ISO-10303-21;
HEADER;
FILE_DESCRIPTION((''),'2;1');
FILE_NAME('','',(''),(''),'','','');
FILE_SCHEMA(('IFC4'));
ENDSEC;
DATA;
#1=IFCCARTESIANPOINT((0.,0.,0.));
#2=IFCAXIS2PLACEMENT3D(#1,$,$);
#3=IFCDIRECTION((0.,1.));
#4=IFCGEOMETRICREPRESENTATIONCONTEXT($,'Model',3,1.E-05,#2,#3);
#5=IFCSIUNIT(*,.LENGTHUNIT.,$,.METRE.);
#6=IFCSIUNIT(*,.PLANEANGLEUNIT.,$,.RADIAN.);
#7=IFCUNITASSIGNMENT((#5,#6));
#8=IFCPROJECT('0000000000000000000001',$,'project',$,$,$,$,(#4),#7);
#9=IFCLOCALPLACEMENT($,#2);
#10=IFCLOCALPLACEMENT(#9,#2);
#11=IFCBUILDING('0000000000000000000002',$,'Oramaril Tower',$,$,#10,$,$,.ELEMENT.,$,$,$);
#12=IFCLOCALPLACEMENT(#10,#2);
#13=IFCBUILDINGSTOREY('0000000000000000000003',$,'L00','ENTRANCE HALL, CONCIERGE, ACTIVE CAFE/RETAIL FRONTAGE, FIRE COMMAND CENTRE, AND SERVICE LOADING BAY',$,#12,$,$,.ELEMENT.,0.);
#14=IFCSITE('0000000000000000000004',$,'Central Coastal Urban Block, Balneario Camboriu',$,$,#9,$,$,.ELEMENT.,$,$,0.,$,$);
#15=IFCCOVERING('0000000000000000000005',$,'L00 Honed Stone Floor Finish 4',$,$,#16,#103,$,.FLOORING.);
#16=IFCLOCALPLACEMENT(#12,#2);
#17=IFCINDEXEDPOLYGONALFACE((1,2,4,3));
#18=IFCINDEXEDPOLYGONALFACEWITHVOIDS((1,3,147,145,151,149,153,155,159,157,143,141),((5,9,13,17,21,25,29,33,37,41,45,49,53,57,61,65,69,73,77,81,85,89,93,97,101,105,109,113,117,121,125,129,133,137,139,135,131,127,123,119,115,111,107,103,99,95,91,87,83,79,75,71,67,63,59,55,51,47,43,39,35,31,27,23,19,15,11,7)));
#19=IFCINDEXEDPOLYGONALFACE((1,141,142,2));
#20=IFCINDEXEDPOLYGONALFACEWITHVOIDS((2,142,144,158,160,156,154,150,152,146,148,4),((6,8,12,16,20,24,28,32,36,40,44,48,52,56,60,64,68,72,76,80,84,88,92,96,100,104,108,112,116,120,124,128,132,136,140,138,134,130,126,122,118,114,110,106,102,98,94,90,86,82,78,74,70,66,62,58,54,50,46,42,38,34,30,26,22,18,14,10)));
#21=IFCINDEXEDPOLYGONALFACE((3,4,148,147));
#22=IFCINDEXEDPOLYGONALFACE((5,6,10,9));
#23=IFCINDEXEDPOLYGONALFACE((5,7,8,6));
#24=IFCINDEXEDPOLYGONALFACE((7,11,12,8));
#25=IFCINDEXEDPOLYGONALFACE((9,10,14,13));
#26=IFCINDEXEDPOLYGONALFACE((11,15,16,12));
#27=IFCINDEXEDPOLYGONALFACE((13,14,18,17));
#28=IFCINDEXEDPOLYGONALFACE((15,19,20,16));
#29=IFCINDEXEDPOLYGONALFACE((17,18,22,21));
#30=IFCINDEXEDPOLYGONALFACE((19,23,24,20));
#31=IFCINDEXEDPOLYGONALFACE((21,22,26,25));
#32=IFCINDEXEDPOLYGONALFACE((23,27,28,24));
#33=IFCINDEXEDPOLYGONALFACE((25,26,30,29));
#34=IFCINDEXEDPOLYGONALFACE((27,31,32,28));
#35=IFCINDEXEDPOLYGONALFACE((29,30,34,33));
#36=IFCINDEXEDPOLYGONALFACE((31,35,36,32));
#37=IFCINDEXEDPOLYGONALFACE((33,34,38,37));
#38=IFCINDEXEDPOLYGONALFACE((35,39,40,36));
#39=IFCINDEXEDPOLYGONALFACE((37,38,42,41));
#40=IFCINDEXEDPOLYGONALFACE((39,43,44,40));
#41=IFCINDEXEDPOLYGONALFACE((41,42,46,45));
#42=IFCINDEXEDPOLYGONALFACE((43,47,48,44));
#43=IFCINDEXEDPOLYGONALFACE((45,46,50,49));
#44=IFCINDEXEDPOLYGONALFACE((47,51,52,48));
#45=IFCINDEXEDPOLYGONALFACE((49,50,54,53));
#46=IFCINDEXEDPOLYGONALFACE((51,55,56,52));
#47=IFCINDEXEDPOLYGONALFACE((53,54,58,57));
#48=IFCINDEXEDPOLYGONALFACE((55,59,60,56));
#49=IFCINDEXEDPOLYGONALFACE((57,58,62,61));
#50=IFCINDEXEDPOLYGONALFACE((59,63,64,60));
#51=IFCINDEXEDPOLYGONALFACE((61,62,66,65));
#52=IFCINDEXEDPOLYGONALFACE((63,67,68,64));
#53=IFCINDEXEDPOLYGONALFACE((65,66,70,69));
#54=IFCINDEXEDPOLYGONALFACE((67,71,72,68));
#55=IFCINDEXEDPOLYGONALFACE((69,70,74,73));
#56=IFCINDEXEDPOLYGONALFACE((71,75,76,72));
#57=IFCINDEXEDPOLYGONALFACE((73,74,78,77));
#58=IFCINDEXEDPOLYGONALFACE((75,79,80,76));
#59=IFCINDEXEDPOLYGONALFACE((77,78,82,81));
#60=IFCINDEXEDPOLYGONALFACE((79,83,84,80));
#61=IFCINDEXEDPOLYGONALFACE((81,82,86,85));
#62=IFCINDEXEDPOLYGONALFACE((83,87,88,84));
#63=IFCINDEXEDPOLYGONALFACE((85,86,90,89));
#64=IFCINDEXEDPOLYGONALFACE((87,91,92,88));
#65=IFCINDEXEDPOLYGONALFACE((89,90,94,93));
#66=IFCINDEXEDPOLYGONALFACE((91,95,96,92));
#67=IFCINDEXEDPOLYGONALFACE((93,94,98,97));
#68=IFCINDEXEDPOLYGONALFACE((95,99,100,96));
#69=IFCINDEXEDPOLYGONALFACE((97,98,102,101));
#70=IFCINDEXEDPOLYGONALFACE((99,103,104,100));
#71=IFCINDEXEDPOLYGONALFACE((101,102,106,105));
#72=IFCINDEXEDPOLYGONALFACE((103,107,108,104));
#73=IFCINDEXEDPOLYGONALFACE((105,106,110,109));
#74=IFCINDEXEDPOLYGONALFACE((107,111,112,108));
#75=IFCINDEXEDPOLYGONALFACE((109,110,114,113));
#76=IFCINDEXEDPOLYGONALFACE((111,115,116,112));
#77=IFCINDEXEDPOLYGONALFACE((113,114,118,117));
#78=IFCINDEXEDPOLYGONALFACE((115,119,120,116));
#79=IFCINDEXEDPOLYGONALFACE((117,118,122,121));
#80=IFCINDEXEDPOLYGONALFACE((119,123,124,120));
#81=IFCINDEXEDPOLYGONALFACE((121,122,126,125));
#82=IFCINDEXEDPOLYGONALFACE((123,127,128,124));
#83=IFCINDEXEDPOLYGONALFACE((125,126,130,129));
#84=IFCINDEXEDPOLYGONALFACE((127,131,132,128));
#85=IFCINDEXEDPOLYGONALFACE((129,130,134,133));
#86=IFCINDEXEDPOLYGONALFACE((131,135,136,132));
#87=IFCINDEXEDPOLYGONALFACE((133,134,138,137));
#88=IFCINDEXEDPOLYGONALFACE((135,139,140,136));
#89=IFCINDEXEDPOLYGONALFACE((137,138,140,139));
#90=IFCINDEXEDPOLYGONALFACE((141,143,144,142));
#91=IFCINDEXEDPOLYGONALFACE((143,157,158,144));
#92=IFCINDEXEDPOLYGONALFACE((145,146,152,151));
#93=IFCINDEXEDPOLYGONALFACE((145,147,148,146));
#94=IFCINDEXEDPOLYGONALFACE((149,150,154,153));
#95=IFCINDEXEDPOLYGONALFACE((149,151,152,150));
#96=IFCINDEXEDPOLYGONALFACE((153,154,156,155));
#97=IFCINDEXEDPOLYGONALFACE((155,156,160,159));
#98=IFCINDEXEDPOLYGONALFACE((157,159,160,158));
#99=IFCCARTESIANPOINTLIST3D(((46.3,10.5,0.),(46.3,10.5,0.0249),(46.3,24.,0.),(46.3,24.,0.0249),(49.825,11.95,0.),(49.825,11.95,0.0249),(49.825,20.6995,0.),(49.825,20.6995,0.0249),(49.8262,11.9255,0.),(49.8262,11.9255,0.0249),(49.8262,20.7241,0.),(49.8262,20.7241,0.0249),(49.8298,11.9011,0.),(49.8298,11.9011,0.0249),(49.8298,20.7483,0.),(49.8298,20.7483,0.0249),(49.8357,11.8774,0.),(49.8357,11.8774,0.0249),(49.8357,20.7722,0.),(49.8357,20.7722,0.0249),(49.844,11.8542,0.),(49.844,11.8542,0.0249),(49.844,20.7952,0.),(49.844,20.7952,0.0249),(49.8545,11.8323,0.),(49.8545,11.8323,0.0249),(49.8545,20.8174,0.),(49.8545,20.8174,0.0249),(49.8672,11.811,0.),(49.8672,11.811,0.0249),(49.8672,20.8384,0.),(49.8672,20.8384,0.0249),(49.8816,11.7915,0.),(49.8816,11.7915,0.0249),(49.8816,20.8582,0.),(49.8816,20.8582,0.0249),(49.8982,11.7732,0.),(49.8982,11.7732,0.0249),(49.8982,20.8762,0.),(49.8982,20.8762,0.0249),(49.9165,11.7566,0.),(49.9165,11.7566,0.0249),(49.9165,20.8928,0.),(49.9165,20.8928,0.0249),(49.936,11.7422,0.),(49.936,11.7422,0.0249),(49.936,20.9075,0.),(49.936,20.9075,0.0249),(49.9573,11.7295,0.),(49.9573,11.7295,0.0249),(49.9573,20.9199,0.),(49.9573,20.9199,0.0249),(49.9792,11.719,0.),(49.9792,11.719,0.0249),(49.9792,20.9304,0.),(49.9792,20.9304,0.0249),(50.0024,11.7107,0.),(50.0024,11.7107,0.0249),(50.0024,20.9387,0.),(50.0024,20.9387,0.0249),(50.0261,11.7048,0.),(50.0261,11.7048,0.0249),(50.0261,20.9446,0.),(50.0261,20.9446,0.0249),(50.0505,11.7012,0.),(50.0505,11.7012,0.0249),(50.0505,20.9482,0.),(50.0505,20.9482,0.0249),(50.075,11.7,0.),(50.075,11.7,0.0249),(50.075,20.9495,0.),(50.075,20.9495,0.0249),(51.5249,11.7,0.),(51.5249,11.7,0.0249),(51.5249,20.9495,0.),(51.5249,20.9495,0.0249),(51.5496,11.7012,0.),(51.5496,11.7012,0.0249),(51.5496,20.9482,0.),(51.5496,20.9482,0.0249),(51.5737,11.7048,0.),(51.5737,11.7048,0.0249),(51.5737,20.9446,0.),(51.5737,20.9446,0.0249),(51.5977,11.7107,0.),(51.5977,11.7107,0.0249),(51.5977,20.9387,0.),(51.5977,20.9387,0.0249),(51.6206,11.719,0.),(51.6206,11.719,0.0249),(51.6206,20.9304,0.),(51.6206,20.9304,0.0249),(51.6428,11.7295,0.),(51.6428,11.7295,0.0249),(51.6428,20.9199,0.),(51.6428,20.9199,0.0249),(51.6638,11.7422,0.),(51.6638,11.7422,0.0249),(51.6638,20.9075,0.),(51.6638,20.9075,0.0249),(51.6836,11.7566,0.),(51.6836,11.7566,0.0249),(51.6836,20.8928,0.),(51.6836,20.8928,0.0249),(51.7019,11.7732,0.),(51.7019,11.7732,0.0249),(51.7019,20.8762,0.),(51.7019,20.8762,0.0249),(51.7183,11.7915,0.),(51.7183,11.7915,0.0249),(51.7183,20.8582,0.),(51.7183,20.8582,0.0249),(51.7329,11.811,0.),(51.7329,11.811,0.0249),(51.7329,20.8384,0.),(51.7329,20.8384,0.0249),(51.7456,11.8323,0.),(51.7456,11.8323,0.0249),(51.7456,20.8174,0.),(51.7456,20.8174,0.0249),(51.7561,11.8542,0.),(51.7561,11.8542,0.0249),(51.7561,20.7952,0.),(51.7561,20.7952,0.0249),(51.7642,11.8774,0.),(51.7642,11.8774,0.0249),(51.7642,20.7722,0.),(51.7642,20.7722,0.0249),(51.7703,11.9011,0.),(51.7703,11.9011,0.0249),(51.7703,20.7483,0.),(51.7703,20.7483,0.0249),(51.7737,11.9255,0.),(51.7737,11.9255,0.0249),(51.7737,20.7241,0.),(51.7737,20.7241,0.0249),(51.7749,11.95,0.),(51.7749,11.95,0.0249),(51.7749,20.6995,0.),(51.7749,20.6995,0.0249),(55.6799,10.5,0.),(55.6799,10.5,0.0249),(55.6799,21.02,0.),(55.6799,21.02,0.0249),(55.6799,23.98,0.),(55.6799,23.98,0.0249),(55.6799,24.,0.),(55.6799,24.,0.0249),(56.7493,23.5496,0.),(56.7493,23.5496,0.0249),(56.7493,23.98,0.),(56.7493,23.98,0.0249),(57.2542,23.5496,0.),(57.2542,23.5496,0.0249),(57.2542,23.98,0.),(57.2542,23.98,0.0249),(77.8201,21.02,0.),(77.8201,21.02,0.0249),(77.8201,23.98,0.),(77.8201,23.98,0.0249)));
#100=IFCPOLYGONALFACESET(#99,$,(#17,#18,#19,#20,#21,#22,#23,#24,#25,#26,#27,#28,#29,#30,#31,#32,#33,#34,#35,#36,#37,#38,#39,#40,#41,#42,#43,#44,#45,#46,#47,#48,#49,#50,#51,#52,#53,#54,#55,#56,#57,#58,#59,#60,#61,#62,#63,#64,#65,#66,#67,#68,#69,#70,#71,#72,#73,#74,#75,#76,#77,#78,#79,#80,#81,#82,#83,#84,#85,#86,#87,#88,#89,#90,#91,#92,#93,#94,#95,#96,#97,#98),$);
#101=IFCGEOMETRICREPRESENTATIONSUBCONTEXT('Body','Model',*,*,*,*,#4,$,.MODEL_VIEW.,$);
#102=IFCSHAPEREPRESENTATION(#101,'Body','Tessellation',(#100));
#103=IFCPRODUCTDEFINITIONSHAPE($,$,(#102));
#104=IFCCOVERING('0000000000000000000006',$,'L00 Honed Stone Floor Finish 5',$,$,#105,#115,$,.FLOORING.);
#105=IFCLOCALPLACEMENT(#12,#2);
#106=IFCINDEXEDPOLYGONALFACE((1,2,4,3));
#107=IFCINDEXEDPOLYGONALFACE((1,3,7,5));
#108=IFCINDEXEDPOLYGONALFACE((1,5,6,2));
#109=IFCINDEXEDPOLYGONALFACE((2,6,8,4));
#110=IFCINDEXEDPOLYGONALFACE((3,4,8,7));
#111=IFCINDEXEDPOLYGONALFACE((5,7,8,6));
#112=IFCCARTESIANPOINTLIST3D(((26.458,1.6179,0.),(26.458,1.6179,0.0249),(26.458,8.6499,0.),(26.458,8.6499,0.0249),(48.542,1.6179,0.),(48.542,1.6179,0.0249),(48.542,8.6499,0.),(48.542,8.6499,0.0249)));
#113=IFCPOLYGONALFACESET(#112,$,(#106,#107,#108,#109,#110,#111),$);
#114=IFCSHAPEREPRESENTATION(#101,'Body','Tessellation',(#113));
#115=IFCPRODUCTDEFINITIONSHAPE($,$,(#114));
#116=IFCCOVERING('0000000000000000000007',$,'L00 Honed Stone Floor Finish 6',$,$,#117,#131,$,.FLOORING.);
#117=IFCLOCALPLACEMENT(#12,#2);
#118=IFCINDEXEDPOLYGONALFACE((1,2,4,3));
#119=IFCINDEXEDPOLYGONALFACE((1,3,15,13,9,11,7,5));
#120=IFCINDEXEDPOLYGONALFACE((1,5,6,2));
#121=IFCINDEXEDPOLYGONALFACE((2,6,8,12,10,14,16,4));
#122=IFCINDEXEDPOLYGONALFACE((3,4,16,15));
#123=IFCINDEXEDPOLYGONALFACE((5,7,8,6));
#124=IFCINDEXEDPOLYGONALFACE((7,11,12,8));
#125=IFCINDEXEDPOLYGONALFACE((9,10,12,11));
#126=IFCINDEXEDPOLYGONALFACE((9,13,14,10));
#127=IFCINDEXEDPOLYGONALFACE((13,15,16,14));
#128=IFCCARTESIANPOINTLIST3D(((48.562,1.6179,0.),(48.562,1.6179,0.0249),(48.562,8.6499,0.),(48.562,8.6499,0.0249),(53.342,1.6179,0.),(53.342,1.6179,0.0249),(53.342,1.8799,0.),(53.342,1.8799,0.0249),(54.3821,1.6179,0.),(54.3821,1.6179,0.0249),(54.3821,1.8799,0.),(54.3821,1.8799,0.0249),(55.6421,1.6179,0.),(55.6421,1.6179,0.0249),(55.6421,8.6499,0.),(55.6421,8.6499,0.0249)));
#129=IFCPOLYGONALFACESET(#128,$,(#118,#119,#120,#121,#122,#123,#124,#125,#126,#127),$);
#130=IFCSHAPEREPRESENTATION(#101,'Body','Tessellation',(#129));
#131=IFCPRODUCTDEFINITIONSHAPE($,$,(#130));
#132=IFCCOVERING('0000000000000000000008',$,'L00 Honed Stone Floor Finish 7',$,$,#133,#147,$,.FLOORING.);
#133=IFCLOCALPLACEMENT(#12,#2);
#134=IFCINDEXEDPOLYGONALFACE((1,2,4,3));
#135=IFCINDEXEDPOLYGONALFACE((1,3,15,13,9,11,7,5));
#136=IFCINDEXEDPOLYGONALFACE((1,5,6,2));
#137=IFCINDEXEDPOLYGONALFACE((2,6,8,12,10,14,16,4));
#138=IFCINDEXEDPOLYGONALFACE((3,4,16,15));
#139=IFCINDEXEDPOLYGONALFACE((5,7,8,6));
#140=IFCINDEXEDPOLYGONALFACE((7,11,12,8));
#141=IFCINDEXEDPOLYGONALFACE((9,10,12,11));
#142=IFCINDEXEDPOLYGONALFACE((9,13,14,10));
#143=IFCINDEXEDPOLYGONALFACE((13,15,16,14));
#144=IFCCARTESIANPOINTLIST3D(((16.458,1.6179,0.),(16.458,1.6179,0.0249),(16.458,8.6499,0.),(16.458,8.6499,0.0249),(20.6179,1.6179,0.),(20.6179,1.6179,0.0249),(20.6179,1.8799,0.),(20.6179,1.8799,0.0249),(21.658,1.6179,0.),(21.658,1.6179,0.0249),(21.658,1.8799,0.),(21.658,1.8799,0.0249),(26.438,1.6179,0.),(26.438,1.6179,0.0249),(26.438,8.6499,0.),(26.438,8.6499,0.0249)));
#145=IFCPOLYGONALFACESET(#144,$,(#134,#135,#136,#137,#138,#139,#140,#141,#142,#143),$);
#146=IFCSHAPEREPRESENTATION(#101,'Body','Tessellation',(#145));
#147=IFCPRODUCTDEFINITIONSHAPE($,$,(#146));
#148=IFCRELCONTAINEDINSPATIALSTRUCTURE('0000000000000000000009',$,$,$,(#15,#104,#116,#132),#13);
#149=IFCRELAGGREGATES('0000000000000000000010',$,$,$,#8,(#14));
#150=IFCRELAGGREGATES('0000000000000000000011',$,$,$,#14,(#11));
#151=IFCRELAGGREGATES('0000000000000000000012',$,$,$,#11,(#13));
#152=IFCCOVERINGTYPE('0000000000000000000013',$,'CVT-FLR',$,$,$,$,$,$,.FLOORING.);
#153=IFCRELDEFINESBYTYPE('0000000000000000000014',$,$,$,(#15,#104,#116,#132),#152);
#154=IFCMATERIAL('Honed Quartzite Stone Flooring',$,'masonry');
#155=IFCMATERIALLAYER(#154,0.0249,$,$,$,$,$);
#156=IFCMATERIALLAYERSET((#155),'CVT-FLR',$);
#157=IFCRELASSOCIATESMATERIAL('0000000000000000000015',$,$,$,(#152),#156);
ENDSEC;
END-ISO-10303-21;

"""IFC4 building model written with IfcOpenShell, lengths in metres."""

from ifc_helpers import new_model, si_unit, direction, origin, place, context, subcontext, project, spatial, polyline, outline, extrude, material, layer, layer_set, type_object, element, save


model = new_model("IFC4")

# Units and contexts
model_context = context("Model", 3, precision=1e-05, world=origin(), true_north=direction((0.0, 1.0)))
body_context = subcontext(model_context, "Body", "Model", "MODEL_VIEW")
ifc_project = project(units=[si_unit("LENGTHUNIT", "METRE"), si_unit("PLANEANGLEUNIT", "RADIAN")], contexts=[model_context])

# Site, building, storey
site_placement = place(None, origin())
site = spatial("IfcSite", under=ifc_project, at=site_placement, Name="Central Coastal Urban Block, Balneario Camboriu", CompositionType="ELEMENT", RefElevation=0.0)
building_placement = place(site_placement, origin())
building = spatial("IfcBuilding", under=site, at=building_placement, Name="Oramaril Tower", CompositionType="ELEMENT")
storey_placement = place(building_placement, origin())
storey = spatial("IfcBuildingStorey", under=building, at=storey_placement, Name="L00", Description="ENTRANCE HALL, CONCIERGE, ACTIVE CAFE/RETAIL FRONTAGE, FIRE COMMAND CENTRE, AND SERVICE LOADING BAY", CompositionType="ELEMENT", Elevation=0.0)

# Coverings
ifc_material_1 = material(Name="Honed Quartzite Stone Flooring", Category="masonry")
ifc_layer_1 = layer(ifc_material_1, 0.0249)
ifc_layer_set_1 = layer_set([ifc_layer_1], Name="CVT-FLR")
covering_type_1 = type_object("IfcCoveringType", Name="CVT-FLR", PredefinedType="FLOORING", material=ifc_layer_set_1)
covering_1_placement = place(storey_placement, origin())
element("IfcCovering", 1, at=covering_1_placement, inside=storey, type_object=covering_type_1, Name="L00 Honed Stone Floor Finish 4", PredefinedType="FLOORING", context=body_context, shape_type="SweptSolid", body=[
    extrude(outline(polyline([(55.6799, 23.98), (56.7493, 23.98), (56.7493, 23.5496), (57.2542, 23.5496), (57.2542, 23.98), (77.8201, 23.98), (77.8201, 21.02), (55.6799, 21.02), (55.6799, 10.5), (46.3, 10.5), (46.3, 24.0), (55.6799, 24.0), (55.6799, 23.98)]), holes=[polyline([(49.8357, 20.7722), (49.8298, 20.7483), (49.8262, 20.7241), (49.825, 20.6995), (49.825, 11.95), (49.8262, 11.9255), (49.8298, 11.9011), (49.8357, 11.8774), (49.844, 11.8542), (49.8545, 11.8323), (49.8672, 11.811), (49.8816, 11.7915), (49.8982, 11.7732), (49.9165, 11.7566), (49.936, 11.7422), (49.9573, 11.7295), (49.9792, 11.719), (50.0024, 11.7107), (50.0261, 11.7048), (50.0505, 11.7012), (50.075, 11.7), (51.5249, 11.7), (51.5496, 11.7012), (51.5737, 11.7048), (51.5977, 11.7107), (51.6206, 11.719), (51.6428, 11.7295), (51.6638, 11.7422), (51.6836, 11.7566), (51.7019, 11.7732), (51.7183, 11.7915), (51.7329, 11.811), (51.7456, 11.8323), (51.7561, 11.8542), (51.7642, 11.8774), (51.7703, 11.9011), (51.7737, 11.9255), (51.7749, 11.95), (51.7749, 20.6995), (51.7737, 20.7241), (51.7703, 20.7483), (51.7642, 20.7722), (51.7561, 20.7952), (51.7456, 20.8174), (51.7329, 20.8384), (51.7183, 20.8582), (51.7019, 20.8762), (51.6836, 20.8928), (51.6638, 20.9075), (51.6428, 20.9199), (51.6206, 20.9304), (51.5977, 20.9387), (51.5737, 20.9446), (51.5496, 20.9482), (51.5249, 20.9495), (50.075, 20.9495), (50.0505, 20.9482), (50.0261, 20.9446), (50.0024, 20.9387), (49.9792, 20.9304), (49.9573, 20.9199), (49.936, 20.9075), (49.9165, 20.8928), (49.8982, 20.8762), (49.8816, 20.8582), (49.8672, 20.8384), (49.8545, 20.8174), (49.844, 20.7952), (49.8357, 20.7722)])]), origin(), (0.0, 0.0, 1.0), 0.0249),
])
covering_2_placement = place(storey_placement, origin())
element("IfcCovering", 2, at=covering_2_placement, inside=storey, type_object=covering_type_1, Name="L00 Honed Stone Floor Finish 5", PredefinedType="FLOORING", context=body_context, shape_type="SweptSolid", body=[
    extrude(outline(polyline([(26.458, 1.6179), (26.458, 8.6499), (48.542, 8.6499), (48.542, 1.6179), (26.458, 1.6179)])), origin(), (0.0, 0.0, 1.0), 0.0249),
])
covering_3_placement = place(storey_placement, origin())
element("IfcCovering", 3, at=covering_3_placement, inside=storey, type_object=covering_type_1, Name="L00 Honed Stone Floor Finish 6", PredefinedType="FLOORING", context=body_context, shape_type="SweptSolid", body=[
    extrude(outline(polyline([(55.6421, 1.6179), (54.3821, 1.6179), (54.3821, 1.8799), (53.342, 1.8799), (53.342, 1.6179), (48.562, 1.6179), (48.562, 8.6499), (55.6421, 8.6499), (55.6421, 1.6179)])), origin(), (0.0, 0.0, 1.0), 0.0249),
])
covering_4_placement = place(storey_placement, origin())
element("IfcCovering", 4, at=covering_4_placement, inside=storey, type_object=covering_type_1, Name="L00 Honed Stone Floor Finish 7", PredefinedType="FLOORING", context=body_context, shape_type="SweptSolid", body=[
    extrude(outline(polyline([(21.658, 1.6179), (21.658, 1.8799), (20.6179, 1.8799), (20.6179, 1.6179), (16.458, 1.6179), (16.458, 8.6499), (26.438, 8.6499), (26.438, 1.6179), (21.658, 1.6179)])), origin(), (0.0, 0.0, 1.0), 0.0249),
])

save(model, "model.ifc")
